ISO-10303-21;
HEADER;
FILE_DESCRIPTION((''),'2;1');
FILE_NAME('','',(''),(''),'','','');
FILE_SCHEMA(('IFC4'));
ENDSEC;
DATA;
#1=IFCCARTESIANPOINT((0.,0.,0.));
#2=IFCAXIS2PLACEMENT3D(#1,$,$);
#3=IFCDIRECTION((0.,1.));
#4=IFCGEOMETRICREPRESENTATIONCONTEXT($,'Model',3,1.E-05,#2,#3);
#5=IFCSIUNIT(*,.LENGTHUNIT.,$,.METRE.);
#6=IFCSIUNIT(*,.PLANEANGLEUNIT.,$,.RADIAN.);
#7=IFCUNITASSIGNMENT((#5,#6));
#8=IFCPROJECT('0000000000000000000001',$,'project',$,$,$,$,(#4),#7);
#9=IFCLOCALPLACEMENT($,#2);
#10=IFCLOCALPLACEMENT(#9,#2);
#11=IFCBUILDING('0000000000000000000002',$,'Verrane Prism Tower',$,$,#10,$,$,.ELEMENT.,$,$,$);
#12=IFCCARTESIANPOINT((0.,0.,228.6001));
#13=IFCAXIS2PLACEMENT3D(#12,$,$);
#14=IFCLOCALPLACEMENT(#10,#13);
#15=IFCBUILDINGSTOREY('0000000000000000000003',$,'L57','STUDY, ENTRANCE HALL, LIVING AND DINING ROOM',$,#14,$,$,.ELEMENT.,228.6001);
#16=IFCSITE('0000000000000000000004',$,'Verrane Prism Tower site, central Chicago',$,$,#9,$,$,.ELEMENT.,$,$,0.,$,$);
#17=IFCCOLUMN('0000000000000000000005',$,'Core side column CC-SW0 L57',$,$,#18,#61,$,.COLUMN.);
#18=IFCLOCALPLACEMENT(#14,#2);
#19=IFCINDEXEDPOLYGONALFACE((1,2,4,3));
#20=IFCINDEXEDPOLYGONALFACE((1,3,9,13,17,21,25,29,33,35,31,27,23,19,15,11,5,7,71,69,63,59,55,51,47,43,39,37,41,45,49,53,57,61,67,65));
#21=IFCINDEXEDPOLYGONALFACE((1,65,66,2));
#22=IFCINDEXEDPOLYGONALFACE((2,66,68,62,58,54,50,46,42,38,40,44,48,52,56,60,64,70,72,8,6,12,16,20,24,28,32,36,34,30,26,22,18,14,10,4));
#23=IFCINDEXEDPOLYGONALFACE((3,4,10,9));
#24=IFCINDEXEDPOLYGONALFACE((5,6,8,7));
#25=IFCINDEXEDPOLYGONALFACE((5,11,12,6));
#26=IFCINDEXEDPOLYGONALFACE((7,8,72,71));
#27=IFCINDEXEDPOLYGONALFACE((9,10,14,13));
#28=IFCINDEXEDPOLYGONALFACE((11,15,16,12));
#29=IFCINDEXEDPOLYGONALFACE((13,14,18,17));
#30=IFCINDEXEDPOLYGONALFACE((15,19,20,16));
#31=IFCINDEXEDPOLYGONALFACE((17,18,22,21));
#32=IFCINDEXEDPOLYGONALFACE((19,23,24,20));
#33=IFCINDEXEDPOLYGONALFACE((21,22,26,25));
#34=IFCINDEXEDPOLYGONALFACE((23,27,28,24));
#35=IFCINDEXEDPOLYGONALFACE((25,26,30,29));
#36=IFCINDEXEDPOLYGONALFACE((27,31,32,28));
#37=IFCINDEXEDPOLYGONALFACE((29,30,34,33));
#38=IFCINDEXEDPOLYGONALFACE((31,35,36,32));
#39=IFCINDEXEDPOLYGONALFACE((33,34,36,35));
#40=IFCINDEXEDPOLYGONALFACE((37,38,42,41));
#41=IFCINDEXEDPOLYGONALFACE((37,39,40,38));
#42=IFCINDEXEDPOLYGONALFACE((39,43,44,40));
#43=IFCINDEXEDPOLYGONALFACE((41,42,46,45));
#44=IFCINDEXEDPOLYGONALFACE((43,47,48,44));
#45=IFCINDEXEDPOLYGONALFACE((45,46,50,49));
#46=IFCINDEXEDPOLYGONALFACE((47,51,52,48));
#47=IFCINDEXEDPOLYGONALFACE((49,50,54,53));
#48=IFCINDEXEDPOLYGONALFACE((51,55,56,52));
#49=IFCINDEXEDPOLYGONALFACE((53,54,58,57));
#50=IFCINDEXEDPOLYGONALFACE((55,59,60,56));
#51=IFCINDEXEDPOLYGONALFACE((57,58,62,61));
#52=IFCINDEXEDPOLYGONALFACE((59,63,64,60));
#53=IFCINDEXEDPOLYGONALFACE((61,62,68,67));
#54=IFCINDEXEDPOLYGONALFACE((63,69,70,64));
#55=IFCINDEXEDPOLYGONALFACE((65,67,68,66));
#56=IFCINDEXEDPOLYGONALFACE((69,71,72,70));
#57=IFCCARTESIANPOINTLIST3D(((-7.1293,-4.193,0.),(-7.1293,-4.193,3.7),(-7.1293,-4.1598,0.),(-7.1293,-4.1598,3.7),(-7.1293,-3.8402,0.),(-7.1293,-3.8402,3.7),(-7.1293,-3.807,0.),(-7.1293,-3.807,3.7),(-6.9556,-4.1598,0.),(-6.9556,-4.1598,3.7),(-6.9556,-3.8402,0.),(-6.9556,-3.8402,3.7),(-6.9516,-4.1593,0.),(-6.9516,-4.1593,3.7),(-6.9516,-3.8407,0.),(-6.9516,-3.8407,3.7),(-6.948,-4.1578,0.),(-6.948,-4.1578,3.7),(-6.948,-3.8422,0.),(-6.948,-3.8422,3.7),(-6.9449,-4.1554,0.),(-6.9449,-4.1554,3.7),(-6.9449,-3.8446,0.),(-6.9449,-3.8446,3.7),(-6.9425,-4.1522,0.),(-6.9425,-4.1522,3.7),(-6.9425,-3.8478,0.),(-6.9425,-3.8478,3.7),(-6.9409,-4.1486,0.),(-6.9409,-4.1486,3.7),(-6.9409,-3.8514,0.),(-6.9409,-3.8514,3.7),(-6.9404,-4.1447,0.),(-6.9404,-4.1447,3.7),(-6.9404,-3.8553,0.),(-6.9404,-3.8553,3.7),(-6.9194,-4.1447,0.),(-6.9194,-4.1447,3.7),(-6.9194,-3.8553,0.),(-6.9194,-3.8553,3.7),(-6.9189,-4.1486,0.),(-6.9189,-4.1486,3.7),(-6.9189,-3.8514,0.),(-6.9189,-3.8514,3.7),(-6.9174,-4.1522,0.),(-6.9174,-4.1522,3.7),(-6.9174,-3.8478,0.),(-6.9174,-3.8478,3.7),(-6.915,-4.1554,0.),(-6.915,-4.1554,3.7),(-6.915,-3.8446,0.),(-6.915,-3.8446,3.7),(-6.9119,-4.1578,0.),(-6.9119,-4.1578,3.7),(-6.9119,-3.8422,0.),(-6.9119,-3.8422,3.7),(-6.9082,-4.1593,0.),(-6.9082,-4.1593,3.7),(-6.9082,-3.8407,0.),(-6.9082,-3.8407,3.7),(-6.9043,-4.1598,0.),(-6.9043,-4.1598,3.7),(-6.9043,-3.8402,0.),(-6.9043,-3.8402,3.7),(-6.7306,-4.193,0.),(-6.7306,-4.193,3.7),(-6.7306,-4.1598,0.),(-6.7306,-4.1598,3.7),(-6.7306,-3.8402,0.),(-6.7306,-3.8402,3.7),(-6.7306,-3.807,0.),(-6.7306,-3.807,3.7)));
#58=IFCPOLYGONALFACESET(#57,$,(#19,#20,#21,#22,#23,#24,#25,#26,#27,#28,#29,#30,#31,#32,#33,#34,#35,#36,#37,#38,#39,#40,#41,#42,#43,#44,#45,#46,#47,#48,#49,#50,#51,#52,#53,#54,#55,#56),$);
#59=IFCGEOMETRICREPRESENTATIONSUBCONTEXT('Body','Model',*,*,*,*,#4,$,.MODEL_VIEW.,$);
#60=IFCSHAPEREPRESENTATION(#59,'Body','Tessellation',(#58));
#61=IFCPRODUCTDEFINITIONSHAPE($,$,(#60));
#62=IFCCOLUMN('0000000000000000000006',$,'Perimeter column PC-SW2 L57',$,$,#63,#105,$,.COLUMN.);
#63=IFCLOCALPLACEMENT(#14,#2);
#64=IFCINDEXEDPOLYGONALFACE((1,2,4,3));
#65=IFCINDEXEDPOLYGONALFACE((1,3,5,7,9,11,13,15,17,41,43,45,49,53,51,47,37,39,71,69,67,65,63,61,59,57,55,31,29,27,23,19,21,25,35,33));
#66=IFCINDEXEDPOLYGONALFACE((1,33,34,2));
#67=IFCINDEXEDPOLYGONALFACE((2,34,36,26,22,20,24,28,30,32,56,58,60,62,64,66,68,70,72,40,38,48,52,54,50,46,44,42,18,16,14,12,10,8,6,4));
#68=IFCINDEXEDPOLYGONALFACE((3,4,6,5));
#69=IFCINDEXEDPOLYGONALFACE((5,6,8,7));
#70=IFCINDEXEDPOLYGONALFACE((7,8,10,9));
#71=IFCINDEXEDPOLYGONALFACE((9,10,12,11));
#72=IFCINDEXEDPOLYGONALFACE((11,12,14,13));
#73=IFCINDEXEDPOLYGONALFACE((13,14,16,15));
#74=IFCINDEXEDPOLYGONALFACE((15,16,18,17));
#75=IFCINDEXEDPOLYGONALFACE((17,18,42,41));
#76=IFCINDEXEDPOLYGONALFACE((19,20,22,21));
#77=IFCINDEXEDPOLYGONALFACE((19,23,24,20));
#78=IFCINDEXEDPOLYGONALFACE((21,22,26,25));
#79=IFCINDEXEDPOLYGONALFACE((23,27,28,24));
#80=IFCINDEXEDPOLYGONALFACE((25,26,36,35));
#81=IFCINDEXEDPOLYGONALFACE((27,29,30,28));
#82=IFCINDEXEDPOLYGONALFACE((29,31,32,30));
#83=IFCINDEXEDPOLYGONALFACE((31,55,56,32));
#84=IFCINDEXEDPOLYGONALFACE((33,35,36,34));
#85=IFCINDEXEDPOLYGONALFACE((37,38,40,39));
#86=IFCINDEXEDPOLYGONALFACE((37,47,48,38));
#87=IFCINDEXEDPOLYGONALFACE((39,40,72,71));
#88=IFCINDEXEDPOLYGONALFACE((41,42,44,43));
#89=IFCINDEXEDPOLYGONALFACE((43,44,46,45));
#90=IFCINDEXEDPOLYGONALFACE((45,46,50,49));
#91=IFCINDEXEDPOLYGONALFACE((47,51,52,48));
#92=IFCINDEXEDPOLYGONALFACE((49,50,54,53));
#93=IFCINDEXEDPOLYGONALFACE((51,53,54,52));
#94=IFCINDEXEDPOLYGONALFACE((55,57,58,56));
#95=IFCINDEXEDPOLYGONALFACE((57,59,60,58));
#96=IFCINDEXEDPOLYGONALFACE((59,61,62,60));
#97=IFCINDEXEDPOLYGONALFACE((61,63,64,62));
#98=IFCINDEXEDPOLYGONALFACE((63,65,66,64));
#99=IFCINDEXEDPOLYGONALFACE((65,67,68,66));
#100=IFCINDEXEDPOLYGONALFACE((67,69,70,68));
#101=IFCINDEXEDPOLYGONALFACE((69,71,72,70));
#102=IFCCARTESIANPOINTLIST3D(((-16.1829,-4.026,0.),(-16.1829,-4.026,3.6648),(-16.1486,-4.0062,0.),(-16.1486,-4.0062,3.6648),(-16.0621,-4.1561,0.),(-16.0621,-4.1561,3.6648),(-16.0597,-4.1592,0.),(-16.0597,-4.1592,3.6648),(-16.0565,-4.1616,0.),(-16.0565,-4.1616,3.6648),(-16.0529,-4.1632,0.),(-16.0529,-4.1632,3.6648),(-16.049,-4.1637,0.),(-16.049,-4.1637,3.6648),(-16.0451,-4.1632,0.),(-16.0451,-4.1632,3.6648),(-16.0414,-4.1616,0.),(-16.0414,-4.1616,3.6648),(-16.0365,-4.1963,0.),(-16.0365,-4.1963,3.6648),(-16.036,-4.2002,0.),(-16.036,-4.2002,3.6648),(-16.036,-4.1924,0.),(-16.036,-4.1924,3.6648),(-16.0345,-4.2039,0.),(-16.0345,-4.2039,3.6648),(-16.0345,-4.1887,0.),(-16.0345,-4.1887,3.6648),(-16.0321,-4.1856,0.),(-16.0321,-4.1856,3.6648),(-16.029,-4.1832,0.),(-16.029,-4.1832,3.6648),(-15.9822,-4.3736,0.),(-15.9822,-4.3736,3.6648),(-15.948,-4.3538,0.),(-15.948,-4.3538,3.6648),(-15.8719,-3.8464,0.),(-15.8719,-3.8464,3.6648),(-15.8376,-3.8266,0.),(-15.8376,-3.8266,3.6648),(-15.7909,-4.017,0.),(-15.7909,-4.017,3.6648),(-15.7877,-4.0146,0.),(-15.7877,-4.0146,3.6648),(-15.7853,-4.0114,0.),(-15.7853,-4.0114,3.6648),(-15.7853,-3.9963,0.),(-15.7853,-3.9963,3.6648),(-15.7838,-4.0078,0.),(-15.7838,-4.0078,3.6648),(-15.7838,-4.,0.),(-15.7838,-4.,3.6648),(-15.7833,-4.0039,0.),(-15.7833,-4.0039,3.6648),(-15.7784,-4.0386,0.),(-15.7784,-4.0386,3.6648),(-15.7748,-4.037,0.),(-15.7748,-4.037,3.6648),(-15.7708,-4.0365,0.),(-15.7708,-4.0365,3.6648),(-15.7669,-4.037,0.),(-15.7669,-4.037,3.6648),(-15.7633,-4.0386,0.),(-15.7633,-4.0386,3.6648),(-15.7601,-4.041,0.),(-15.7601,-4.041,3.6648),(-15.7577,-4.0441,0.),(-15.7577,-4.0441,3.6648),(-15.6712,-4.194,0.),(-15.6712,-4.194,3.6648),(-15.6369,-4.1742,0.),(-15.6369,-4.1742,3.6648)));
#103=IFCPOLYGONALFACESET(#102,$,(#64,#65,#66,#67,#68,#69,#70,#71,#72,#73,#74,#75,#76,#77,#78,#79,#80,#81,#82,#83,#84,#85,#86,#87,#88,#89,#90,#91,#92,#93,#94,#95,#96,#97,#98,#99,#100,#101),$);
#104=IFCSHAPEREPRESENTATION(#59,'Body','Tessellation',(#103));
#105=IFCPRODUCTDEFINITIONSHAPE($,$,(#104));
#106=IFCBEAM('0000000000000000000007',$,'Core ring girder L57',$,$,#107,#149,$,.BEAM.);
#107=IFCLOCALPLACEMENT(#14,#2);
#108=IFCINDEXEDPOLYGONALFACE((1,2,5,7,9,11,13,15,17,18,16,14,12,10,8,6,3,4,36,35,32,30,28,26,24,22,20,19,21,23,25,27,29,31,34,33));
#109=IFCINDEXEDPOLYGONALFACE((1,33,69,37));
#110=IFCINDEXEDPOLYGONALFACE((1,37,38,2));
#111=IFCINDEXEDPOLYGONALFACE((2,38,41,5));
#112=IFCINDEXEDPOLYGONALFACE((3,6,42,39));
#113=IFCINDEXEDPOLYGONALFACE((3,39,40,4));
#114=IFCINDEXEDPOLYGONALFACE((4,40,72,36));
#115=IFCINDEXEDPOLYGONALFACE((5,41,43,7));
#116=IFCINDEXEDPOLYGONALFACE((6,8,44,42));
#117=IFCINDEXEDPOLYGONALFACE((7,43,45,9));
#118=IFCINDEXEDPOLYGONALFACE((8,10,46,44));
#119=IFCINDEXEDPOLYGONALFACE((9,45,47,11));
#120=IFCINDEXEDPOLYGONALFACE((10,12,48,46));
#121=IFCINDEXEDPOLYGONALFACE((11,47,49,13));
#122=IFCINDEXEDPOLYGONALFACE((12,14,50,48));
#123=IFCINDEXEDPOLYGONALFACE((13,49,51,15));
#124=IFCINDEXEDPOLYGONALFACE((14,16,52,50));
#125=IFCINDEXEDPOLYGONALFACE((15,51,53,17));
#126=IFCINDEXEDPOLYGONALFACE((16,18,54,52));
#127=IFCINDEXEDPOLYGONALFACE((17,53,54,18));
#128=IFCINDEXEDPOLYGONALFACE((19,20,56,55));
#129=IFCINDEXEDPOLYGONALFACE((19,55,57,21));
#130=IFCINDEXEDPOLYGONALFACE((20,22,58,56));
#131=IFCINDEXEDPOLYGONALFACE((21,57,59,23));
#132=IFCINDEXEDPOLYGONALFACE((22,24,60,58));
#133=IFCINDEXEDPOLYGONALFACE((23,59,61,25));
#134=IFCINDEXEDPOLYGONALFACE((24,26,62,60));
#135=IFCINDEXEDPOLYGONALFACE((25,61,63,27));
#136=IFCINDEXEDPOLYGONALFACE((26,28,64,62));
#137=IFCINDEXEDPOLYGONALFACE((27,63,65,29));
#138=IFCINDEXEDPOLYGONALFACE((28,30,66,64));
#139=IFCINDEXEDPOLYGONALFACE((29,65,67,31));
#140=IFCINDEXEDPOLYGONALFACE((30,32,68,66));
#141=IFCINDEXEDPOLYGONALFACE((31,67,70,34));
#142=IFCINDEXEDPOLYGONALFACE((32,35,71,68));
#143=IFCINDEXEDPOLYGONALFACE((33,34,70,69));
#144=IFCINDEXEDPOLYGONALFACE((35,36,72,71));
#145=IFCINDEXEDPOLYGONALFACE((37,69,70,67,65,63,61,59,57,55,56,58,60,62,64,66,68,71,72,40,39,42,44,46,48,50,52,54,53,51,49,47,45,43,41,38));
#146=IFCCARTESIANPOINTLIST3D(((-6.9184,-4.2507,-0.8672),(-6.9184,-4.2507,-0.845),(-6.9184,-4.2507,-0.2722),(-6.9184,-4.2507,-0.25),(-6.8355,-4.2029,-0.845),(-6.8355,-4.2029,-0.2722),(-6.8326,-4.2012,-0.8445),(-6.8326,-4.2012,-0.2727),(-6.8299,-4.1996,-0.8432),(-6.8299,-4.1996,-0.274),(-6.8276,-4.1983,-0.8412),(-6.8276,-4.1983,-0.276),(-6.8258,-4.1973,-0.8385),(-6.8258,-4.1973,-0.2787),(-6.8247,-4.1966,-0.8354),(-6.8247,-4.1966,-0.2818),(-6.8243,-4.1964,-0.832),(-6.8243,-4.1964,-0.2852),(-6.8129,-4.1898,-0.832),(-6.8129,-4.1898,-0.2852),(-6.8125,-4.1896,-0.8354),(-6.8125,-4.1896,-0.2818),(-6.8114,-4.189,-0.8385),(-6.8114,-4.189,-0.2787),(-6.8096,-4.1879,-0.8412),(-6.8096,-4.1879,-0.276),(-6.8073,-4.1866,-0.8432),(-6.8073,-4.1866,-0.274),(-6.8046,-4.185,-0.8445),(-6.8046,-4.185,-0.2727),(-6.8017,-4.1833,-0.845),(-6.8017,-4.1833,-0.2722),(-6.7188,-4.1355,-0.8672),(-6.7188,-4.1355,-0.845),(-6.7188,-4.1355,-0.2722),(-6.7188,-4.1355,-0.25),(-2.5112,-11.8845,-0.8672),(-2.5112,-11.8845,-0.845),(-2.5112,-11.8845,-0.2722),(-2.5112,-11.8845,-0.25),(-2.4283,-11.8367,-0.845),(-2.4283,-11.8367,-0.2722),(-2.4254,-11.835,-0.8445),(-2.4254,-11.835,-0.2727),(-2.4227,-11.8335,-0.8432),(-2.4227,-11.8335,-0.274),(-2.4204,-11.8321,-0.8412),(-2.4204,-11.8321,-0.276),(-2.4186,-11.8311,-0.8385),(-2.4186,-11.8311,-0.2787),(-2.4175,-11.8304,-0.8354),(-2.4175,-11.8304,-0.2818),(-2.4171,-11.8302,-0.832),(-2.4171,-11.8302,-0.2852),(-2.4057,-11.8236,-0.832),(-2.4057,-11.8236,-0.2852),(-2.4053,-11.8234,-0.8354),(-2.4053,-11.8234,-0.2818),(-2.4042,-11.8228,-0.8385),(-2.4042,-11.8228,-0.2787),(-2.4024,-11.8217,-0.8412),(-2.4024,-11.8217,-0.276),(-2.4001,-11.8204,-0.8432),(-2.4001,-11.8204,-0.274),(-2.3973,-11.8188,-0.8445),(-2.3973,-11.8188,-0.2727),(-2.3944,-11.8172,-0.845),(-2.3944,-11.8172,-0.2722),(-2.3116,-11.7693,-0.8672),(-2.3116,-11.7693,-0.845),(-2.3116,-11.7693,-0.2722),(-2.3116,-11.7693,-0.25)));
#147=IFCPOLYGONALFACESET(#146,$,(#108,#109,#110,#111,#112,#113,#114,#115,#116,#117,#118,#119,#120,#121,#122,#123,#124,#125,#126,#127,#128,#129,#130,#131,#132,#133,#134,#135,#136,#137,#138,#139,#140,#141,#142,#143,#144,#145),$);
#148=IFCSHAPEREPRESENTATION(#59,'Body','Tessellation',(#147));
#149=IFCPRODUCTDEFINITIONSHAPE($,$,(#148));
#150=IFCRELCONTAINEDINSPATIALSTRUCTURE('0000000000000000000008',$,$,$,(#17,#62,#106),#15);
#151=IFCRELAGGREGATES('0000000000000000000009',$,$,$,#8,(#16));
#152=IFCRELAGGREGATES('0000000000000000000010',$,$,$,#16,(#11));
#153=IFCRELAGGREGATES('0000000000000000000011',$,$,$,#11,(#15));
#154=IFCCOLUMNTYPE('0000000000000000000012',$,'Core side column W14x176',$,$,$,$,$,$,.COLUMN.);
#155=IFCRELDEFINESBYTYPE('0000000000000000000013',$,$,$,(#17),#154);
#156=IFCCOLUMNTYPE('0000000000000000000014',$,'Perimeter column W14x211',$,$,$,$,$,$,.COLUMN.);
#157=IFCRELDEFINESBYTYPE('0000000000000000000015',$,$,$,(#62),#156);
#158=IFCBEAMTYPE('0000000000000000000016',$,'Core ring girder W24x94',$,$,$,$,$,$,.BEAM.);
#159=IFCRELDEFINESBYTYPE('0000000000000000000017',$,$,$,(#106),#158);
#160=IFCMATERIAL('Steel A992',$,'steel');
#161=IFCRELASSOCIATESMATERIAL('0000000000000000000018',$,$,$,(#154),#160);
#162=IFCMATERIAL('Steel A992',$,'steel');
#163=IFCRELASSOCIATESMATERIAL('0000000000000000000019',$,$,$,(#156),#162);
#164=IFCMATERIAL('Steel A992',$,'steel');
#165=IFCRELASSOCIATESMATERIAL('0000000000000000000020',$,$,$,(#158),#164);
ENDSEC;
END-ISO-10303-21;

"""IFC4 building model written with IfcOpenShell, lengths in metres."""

from ifc_helpers import new_model, si_unit, direction, frame, origin, origin_2d, place, context, subcontext, project, spatial, i_section, extrude, material, material_profile, profile_set, type_object, element, save


model = new_model("IFC4")

# Units and contexts
model_context = context("Model", 3, precision=1e-05, world=origin(), true_north=direction((0.0, 1.0)))
body_context = subcontext(model_context, "Body", "Model", "MODEL_VIEW")
ifc_project = project(units=[si_unit("LENGTHUNIT", "METRE"), si_unit("PLANEANGLEUNIT", "RADIAN")], contexts=[model_context])

# Site, building, storey
site_placement = place(None, origin())
site = spatial("IfcSite", under=ifc_project, at=site_placement, Name="Verrane Prism Tower site, central Chicago", CompositionType="ELEMENT", RefElevation=0.0)
building_placement = place(site_placement, origin())
building = spatial("IfcBuilding", under=site, at=building_placement, Name="Verrane Prism Tower", CompositionType="ELEMENT")
storey_placement = place(building_placement, frame((0.0, 0.0, 228.6001)))
storey = spatial("IfcBuildingStorey", under=building, at=storey_placement, Name="L57", Description="STUDY, ENTRANCE HALL, LIVING AND DINING ROOM", CompositionType="ELEMENT", Elevation=228.6001)

# Columns
ifc_material_1 = material(Name="Steel A992", Category="steel")
ifc_material_profile_1 = material_profile(ifc_material_1, i_section(OverallWidth=0.3987, OverallDepth=0.386, WebThickness=0.021, FlangeThickness=0.0332, FilletRadius=0.0151, at=origin_2d()), Name="W14x176")
ifc_profile_set_1 = profile_set([ifc_material_profile_1], Name="Steel A992")
column_type_1 = type_object("IfcColumnType", Name="Core side column W14x176", PredefinedType="COLUMN", material=ifc_profile_set_1)
column_1_placement = place(storey_placement, frame((-6.9299, -4.0, 0.0), z_axis=(0.0, 0.0, 1.0), x_axis=(1.0, 0.0, 0.0)))
element("IfcColumn", 1, at=column_1_placement, inside=storey, type_object=column_type_1, Name="Core side column CC-SW0 L57", PredefinedType="COLUMN", context=body_context, shape_type="SweptSolid", body=[
    extrude(i_section(OverallWidth=0.3987, OverallDepth=0.386, WebThickness=0.021, FlangeThickness=0.0332, FilletRadius=0.0151, at=origin_2d()), origin(), (0.0, 0.0, 1.0), 3.7),
])
ifc_material_2 = material(Name="Steel A992", Category="steel")
ifc_material_profile_2 = material_profile(ifc_material_2, i_section(OverallWidth=0.4014, OverallDepth=0.3987, WebThickness=0.0249, FlangeThickness=0.0396, FilletRadius=0.0151, at=origin_2d()), Name="W14x211")
ifc_profile_set_2 = profile_set([ifc_material_profile_2], Name="Steel A992")
column_type_2 = type_object("IfcColumnType", Name="Perimeter column W14x211", PredefinedType="COLUMN", material=ifc_profile_set_2)
column_2_placement = place(storey_placement, frame((-15.9099, -4.1001, 0.0), z_axis=(0.0, 0.0, 1.0), x_axis=(-0.5, 0.866025, 0.0)))
element("IfcColumn", 2, at=column_2_placement, inside=storey, type_object=column_type_2, Name="Perimeter column PC-SW2 L57", PredefinedType="COLUMN", context=body_context, shape_type="SweptSolid", body=[
    extrude(i_section(OverallWidth=0.4014, OverallDepth=0.3987, WebThickness=0.0249, FlangeThickness=0.0396, FilletRadius=0.0151, at=origin_2d()), origin(), (0.0, 0.0, 1.0), 3.6648),
])

# Beam
ifc_material_3 = material(Name="Steel A992", Category="steel")
ifc_material_profile_3 = material_profile(ifc_material_3, i_section(OverallWidth=0.2305, OverallDepth=0.6172, WebThickness=0.0132, FlangeThickness=0.0222, FilletRadius=0.0129, at=origin_2d()), Name="W24x94")
ifc_profile_set_3 = profile_set([ifc_material_profile_3], Name="Steel A992")
beam_type_1 = type_object("IfcBeamType", Name="Core ring girder W24x94", PredefinedType="BEAM", material=ifc_profile_set_3)
beam_1_placement = place(storey_placement, frame((-6.8186, -4.1931, -0.5586), z_axis=(0.499988, -0.866032, 0.0), x_axis=(0.866032, 0.499988, 0.0)))
element("IfcBeam", 3, at=beam_1_placement, inside=storey, type_object=beam_type_1, Name="Core ring girder L57", PredefinedType="BEAM", context=body_context, shape_type="SweptSolid", body=[
    extrude(i_section(OverallWidth=0.2305, OverallDepth=0.6172, WebThickness=0.0132, FlangeThickness=0.0222, FilletRadius=0.0129, at=origin_2d()), origin(), (0.0, 0.0, 1.0), 8.8147),
])

save(model, "model.ifc")
